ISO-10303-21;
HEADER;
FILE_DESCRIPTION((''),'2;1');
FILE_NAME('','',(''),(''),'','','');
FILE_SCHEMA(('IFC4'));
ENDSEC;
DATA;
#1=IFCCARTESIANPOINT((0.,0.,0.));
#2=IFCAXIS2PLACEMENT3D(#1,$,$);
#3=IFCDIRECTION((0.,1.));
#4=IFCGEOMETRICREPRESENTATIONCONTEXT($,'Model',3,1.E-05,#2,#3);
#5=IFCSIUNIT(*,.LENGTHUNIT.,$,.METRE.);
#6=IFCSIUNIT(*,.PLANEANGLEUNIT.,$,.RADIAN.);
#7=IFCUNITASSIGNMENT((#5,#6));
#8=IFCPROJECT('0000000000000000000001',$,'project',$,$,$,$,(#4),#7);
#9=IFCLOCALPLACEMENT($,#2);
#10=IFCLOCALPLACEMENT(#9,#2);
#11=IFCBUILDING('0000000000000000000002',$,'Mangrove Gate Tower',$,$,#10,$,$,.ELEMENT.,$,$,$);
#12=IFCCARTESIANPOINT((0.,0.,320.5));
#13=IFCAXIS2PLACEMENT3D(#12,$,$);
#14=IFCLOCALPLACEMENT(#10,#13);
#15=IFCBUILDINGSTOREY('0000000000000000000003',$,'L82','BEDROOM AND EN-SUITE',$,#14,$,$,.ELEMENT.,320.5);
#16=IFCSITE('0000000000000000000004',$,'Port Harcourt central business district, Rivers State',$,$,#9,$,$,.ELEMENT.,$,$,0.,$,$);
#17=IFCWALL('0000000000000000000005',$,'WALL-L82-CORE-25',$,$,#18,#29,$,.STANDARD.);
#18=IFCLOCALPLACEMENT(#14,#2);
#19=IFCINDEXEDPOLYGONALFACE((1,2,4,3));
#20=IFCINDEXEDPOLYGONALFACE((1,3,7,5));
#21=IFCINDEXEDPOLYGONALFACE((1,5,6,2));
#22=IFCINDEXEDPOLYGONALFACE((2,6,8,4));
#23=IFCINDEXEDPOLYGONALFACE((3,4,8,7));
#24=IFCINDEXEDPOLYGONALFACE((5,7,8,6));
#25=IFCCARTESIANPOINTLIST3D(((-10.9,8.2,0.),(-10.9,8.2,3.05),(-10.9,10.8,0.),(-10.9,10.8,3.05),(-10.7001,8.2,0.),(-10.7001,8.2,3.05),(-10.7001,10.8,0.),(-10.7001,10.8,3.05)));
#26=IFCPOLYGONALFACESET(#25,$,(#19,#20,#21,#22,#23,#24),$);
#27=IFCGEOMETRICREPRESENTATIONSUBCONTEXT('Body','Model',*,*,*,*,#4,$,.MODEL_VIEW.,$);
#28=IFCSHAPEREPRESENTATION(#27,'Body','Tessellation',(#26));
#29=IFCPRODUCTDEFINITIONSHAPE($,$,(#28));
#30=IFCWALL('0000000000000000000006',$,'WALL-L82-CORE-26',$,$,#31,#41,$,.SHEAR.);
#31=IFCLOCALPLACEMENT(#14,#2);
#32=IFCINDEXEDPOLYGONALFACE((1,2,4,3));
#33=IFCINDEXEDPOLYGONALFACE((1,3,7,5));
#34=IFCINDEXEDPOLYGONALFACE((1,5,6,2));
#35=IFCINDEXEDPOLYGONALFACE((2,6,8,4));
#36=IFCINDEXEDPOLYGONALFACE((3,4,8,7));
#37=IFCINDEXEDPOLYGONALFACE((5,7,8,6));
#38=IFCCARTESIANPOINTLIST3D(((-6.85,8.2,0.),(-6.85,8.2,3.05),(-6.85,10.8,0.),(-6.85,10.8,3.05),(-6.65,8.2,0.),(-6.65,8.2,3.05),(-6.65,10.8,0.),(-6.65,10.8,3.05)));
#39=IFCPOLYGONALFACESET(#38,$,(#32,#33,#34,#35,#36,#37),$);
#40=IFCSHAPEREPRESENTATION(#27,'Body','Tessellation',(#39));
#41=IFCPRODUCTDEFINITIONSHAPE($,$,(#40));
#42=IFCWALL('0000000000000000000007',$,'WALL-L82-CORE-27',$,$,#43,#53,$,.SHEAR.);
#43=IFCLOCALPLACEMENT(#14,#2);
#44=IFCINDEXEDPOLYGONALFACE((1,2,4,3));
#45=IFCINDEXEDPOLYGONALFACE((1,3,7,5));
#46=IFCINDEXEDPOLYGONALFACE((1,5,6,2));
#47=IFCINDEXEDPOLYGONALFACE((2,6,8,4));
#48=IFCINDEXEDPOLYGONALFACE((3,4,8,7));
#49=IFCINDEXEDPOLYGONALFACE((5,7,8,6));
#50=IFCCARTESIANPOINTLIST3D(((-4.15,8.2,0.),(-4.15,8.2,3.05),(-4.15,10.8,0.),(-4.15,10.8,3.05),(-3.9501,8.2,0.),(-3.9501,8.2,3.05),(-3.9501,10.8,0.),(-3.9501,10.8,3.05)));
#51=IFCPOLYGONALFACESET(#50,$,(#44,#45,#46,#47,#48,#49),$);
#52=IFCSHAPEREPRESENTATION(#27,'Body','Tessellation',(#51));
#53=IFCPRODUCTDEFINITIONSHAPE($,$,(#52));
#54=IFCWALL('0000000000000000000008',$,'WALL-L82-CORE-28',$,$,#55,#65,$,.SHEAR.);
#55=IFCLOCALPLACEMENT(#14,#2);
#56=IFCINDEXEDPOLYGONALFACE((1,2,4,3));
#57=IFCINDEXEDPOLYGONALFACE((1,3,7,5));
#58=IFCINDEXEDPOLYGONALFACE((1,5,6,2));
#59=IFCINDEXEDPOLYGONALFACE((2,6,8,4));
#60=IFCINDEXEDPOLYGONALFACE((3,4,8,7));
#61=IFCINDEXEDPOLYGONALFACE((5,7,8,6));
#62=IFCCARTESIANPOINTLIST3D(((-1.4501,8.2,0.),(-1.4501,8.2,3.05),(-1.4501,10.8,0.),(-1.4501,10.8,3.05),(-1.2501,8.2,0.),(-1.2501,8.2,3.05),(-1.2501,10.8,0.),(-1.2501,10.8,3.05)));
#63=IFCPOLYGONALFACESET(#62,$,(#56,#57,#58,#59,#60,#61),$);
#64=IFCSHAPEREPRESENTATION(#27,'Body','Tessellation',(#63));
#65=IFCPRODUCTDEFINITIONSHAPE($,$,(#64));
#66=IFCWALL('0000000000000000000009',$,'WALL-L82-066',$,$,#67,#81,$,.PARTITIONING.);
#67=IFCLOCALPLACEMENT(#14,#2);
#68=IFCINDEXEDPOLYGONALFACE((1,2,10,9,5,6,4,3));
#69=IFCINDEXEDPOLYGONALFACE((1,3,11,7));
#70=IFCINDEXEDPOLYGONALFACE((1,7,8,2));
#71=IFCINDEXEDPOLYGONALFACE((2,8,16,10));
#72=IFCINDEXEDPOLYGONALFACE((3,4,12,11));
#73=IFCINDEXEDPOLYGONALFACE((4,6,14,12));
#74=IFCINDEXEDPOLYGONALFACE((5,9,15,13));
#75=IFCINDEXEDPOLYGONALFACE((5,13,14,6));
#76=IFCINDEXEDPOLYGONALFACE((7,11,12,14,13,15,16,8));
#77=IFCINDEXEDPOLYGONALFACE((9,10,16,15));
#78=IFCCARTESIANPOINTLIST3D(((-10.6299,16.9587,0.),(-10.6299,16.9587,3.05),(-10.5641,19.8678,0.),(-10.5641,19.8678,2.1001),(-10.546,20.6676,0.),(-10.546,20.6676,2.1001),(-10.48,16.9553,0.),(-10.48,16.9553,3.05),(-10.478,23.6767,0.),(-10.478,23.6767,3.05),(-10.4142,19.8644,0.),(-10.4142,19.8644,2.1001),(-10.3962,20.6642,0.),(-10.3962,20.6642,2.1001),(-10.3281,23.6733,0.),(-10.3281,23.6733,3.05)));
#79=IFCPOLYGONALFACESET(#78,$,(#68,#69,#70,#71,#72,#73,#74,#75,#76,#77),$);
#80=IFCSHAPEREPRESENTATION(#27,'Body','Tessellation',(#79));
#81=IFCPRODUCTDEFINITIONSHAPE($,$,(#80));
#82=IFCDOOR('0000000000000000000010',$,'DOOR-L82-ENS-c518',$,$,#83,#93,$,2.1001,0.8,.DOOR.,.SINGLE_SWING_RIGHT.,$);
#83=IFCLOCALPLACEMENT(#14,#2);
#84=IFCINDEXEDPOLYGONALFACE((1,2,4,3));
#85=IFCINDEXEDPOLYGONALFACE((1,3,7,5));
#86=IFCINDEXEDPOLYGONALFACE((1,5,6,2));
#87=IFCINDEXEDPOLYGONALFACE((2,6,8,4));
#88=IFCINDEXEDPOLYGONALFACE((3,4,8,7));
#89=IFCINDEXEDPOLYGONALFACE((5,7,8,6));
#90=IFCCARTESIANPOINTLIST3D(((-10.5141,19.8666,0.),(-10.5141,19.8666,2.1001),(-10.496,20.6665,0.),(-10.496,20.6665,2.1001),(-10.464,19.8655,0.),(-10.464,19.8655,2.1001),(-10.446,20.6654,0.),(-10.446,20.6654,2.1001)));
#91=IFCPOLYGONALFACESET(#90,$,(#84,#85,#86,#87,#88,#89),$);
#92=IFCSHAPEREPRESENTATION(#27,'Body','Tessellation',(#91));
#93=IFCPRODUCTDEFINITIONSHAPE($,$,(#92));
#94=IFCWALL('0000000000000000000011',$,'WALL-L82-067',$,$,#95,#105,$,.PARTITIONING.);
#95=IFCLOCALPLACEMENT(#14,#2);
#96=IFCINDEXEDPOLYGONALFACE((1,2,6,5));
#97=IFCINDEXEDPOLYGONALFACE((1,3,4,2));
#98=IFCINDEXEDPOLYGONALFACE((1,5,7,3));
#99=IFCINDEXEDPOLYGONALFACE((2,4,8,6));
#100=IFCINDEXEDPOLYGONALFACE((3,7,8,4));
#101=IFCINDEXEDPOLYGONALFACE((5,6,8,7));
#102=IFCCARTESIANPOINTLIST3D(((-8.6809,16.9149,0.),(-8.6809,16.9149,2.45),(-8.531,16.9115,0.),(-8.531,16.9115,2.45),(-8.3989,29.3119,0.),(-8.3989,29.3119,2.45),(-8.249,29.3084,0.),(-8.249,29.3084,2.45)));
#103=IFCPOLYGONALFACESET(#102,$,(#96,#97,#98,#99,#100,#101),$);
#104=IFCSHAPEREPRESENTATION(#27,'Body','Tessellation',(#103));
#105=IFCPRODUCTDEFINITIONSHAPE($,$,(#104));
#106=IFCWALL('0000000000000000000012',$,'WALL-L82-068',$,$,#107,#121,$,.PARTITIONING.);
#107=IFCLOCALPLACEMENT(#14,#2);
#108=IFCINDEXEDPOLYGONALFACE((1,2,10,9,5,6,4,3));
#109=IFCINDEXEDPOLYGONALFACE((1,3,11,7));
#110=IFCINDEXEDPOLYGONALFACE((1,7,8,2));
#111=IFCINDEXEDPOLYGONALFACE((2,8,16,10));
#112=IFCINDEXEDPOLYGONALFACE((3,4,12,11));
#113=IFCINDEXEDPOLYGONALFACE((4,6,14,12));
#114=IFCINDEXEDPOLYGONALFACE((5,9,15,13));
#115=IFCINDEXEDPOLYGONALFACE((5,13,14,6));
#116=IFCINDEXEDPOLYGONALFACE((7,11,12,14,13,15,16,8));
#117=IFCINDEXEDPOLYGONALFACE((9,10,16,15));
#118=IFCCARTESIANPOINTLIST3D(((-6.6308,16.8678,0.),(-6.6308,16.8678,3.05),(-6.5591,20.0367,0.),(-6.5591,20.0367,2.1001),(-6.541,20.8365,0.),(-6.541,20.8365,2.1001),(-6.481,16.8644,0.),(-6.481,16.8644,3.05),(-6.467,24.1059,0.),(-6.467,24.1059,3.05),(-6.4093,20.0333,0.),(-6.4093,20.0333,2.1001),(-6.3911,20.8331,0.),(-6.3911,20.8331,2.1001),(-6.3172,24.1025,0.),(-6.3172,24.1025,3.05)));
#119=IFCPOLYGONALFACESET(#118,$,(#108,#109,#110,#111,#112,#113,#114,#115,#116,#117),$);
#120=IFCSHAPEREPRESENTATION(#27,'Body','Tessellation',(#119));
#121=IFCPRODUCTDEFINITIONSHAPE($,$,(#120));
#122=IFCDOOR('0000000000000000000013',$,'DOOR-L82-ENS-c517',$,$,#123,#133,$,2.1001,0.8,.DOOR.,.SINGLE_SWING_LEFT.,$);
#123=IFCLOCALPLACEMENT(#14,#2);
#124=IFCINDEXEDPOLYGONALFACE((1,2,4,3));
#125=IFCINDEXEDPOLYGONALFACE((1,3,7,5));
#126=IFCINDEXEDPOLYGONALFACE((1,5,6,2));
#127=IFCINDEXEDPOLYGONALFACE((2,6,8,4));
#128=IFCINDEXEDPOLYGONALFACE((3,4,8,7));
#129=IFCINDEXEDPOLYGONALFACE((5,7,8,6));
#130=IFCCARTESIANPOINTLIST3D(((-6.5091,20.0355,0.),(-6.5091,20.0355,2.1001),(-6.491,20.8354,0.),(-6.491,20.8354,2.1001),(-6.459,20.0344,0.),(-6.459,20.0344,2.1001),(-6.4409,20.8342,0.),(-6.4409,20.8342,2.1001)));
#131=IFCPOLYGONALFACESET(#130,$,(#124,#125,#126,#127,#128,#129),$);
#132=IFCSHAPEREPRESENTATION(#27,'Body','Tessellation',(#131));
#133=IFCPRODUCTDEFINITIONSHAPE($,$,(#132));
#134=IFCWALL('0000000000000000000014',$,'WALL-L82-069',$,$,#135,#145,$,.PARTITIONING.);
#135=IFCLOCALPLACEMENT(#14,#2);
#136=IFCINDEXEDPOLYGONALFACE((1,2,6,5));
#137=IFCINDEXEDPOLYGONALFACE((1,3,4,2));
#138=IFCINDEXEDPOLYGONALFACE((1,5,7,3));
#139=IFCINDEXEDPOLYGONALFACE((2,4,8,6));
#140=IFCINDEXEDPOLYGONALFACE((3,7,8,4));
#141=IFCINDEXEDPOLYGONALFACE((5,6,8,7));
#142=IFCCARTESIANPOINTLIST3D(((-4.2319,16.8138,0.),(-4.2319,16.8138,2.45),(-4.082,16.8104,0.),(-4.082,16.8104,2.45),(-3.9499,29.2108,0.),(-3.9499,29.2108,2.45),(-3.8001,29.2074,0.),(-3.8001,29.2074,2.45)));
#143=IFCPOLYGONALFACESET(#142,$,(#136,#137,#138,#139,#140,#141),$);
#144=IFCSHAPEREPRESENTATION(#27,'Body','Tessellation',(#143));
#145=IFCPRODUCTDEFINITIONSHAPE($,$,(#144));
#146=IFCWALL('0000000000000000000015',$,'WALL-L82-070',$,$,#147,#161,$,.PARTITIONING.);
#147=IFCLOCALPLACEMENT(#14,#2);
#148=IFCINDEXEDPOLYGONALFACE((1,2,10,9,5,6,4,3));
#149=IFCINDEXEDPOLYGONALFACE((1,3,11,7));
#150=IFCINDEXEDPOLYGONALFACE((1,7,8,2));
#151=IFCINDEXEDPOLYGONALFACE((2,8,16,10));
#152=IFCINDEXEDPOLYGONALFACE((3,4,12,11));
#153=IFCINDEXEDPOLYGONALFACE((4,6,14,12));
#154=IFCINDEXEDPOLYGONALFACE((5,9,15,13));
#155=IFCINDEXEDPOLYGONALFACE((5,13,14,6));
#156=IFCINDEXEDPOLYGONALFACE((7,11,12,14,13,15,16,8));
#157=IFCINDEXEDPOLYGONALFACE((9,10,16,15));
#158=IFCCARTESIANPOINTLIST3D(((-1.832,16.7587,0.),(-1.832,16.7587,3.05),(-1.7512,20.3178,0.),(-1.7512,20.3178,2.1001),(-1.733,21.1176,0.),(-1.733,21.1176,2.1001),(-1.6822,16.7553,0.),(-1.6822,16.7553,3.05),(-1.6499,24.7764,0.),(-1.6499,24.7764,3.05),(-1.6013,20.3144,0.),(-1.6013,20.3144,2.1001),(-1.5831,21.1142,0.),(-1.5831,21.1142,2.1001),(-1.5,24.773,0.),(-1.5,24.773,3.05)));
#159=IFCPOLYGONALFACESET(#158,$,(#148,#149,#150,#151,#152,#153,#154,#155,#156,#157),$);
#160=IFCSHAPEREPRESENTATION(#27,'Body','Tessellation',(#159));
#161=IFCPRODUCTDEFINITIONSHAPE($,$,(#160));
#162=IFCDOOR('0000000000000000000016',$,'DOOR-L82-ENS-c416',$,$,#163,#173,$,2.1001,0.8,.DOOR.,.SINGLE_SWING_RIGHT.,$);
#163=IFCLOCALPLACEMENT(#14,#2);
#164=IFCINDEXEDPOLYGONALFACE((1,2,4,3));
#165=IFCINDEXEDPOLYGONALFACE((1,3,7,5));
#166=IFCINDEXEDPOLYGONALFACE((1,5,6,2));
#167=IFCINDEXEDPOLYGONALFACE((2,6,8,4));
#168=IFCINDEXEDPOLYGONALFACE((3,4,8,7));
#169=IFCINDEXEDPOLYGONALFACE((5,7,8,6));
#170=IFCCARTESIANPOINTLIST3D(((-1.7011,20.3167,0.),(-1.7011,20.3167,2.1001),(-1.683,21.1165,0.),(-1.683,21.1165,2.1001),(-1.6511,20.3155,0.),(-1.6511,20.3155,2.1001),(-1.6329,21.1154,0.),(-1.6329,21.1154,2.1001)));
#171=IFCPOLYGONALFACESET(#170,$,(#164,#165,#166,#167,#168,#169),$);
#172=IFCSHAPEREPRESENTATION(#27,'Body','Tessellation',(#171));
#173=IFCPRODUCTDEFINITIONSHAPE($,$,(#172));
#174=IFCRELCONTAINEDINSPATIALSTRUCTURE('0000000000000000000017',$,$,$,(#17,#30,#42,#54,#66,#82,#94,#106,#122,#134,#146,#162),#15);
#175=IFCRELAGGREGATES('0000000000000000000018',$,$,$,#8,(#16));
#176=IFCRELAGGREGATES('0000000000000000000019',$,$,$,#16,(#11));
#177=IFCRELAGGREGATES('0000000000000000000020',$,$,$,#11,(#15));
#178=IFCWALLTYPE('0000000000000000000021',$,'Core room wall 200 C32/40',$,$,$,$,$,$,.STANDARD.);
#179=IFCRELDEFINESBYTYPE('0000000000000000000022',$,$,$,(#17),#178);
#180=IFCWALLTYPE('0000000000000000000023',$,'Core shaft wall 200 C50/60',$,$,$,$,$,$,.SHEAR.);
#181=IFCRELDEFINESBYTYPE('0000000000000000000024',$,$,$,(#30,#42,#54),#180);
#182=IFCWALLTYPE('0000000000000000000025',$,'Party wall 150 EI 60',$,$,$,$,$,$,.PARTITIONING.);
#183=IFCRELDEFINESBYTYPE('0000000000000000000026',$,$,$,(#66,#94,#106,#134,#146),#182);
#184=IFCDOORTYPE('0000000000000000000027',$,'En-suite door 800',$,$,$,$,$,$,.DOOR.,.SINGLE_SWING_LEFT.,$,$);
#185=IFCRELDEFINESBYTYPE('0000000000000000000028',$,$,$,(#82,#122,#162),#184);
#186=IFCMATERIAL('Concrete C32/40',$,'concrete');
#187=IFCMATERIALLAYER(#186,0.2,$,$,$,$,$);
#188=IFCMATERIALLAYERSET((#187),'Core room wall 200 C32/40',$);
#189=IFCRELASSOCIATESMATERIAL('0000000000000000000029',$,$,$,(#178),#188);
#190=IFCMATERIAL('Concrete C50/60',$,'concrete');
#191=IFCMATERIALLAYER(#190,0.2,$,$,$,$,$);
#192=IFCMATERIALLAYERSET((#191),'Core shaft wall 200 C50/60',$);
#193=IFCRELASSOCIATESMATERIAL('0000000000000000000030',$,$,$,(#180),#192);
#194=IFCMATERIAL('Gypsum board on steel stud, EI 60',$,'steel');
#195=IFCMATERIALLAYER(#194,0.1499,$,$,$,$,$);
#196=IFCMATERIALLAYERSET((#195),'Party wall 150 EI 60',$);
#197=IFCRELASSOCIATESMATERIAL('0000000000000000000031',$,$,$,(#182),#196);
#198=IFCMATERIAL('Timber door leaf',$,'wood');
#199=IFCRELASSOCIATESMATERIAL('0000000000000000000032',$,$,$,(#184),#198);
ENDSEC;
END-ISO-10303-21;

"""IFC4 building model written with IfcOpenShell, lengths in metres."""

from ifc_helpers import new_model, si_unit, direction, frame, frame_2d, origin, place, context, subcontext, project, spatial, rectangle, extrude, material, layer, layer_set, type_object, element, fill, save


model = new_model("IFC4")

# Units and contexts
model_context = context("Model", 3, precision=1e-05, world=origin(), true_north=direction((0.0, 1.0)))
body_context = subcontext(model_context, "Body", "Model", "MODEL_VIEW")
ifc_project = project(units=[si_unit("LENGTHUNIT", "METRE"), si_unit("PLANEANGLEUNIT", "RADIAN")], contexts=[model_context])

# Site, building, storey
site_placement = place(None, origin())
site = spatial("IfcSite", under=ifc_project, at=site_placement, Name="Port Harcourt central business district, Rivers State", CompositionType="ELEMENT", RefElevation=0.0)
building_placement = place(site_placement, origin())
building = spatial("IfcBuilding", under=site, at=building_placement, Name="Mangrove Gate Tower", CompositionType="ELEMENT")
storey_placement = place(building_placement, frame((0.0, 0.0, 320.5)))
storey = spatial("IfcBuildingStorey", under=building, at=storey_placement, Name="L82", Description="BEDROOM AND EN-SUITE", CompositionType="ELEMENT", Elevation=320.5)

# Walls
ifc_material_1 = material(Name="Concrete C32/40", Category="concrete")
ifc_layer_1 = layer(ifc_material_1, 0.2)
ifc_layer_set_1 = layer_set([ifc_layer_1], Name="Core room wall 200 C32/40")
wall_type_1 = type_object("IfcWallType", Name="Core room wall 200 C32/40", PredefinedType="STANDARD", material=ifc_layer_set_1)
wall_1_placement = place(storey_placement, frame((-10.8, 8.2, 0.0), z_axis=(0.0, 0.0, 1.0), x_axis=(0.0, 1.0, 0.0)))
element("IfcWall", 1, at=wall_1_placement, inside=storey, type_object=wall_type_1, Name="WALL-L82-CORE-25", PredefinedType="STANDARD", context=body_context, shape_type="SweptSolid", body=[
    extrude(rectangle(XDim=2.6001, YDim=0.2, at=frame_2d((1.3, 0.0))), origin(), (0.0, 0.0, 1.0), 3.05),
])
ifc_material_2 = material(Name="Concrete C50/60", Category="concrete")
ifc_layer_2 = layer(ifc_material_2, 0.2)
ifc_layer_set_2 = layer_set([ifc_layer_2], Name="Core shaft wall 200 C50/60")
wall_type_2 = type_object("IfcWallType", Name="Core shaft wall 200 C50/60", PredefinedType="SHEAR", material=ifc_layer_set_2)
for number, where, z_axis, x_axis, name in (
    (2, (-6.75, 8.2, 0.0), (0.0, 0.0, 1.0), (0.0, 1.0, 0.0), "WALL-L82-CORE-26"),
    (3, (-4.05, 8.2, 0.0), (0.0, 0.0, 1.0), (0.0, 1.0, 0.0), "WALL-L82-CORE-27"),
    (4, (-1.3501, 8.2, 0.0), (0.0, 0.0, 1.0), (0.0, 1.0, 0.0), "WALL-L82-CORE-28"),
):
    element("IfcWall", number, at=place(storey_placement, frame(where, z_axis=z_axis, x_axis=x_axis)), inside=storey, type_object=wall_type_2, Name=name, PredefinedType="SHEAR", context=body_context, shape_type="SweptSolid", body=[
        extrude(rectangle(XDim=2.6001, YDim=0.2, at=frame_2d((1.3, 0.0))), origin(), (0.0, 0.0, 1.0), 3.05),
    ])

# Wall, opening, door
ifc_material_3 = material(Name="Gypsum board on steel stud, EI 60", Category="steel")
ifc_layer_3 = layer(ifc_material_3, 0.1499)
ifc_layer_set_3 = layer_set([ifc_layer_3], Name="Party wall 150 EI 60")
wall_type_3 = type_object("IfcWallType", Name="Party wall 150 EI 60", PredefinedType="PARTITIONING", material=ifc_layer_set_3)
wall_2_placement = place(storey_placement, frame((-10.5549, 16.957, 0.0), z_axis=(0.0, 0.0, 1.0), x_axis=(0.022598, 0.999745, 0.0)))
wall_2 = element("IfcWall", 5, at=wall_2_placement, inside=storey, type_object=wall_type_3, Name="WALL-L82-066", PredefinedType="PARTITIONING", context=body_context, shape_type="SweptSolid", body=[
    extrude(rectangle(XDim=6.7197, YDim=0.1499, at=frame_2d((3.3599, 0.0))), origin(), (0.0, 0.0, 1.0), 3.05),
])
opening_1_placement = place(wall_2_placement, frame((2.9099, 0.0, 0.0)))
opening_1 = element("IfcOpeningElement", 6, at=opening_1_placement, cuts=wall_2, PredefinedType="OPENING", context=body_context, shape_type="SweptSolid", body=[
    extrude(rectangle(XDim=0.8, YDim=2.1001, at=frame_2d((0.3999, 1.05))), frame((0.0, 0.085, 0.0), z_axis=(0.0, -1.0, 0.0), x_axis=(1.0, 0.0, 0.0)), (0.0, 0.0, 1.0), 0.1699),
])
ifc_material_4 = material(Name="Timber door leaf", Category="wood")
door_type = type_object("IfcDoorType", Name="En-suite door 800", OperationType="SINGLE_SWING_LEFT", PredefinedType="DOOR", material=ifc_material_4)
door_1_placement = place(opening_1_placement, origin())
door_1 = element("IfcDoor", 7, at=door_1_placement, inside=storey, type_object=door_type, Name="DOOR-L82-ENS-c518", OperationType="SINGLE_SWING_RIGHT", OverallHeight=2.1001, OverallWidth=0.8, PredefinedType="DOOR", context=body_context, shape_type="SweptSolid", body=[
    extrude(rectangle(XDim=0.8, YDim=2.1001, at=frame_2d((0.3999, 1.05))), frame((0.0, 0.0249, 0.0), z_axis=(0.0, -1.0, 0.0), x_axis=(1.0, 0.0, 0.0)), (0.0, 0.0, 1.0), 0.05),
])
fill(opening_1, door_1)

# Wall
wall_3_placement = place(storey_placement, frame((-8.606, 16.9131, 0.0), z_axis=(0.0, 0.0, 1.0), x_axis=(0.02274, 0.999741, 0.0)))
element("IfcWall", 8, at=wall_3_placement, inside=storey, type_object=wall_type_3, Name="WALL-L82-067", PredefinedType="PARTITIONING", context=body_context, shape_type="SweptSolid", body=[
    extrude(rectangle(XDim=12.4001, YDim=0.1499, at=frame_2d((6.2002, 0.0))), origin(), (0.0, 0.0, 1.0), 2.45),
])

# Wall, opening, door
wall_4_placement = place(storey_placement, frame((-6.5559, 16.866, 0.0), z_axis=(0.0, 0.0, 1.0), x_axis=(0.022627, 0.999744, 0.0)))
wall_4 = element("IfcWall", 9, at=wall_4_placement, inside=storey, type_object=wall_type_3, Name="WALL-L82-068", PredefinedType="PARTITIONING", context=body_context, shape_type="SweptSolid", body=[
    extrude(rectangle(XDim=7.24, YDim=0.1499, at=frame_2d((3.6201, 0.0))), origin(), (0.0, 0.0, 1.0), 3.05),
])
opening_2_placement = place(wall_4_placement, frame((3.1699, 0.0, 0.0)))
opening_2 = element("IfcOpeningElement", 10, at=opening_2_placement, cuts=wall_4, PredefinedType="OPENING", context=body_context, shape_type="SweptSolid", body=[
    extrude(rectangle(XDim=0.8, YDim=2.1001, at=frame_2d((0.3999, 1.05))), frame((0.0, 0.085, 0.0), z_axis=(0.0, -1.0, 0.0), x_axis=(1.0, 0.0, 0.0)), (0.0, 0.0, 1.0), 0.1699),
])
door_2_placement = place(opening_2_placement, origin())
door_2 = element("IfcDoor", 11, at=door_2_placement, inside=storey, type_object=door_type, Name="DOOR-L82-ENS-c517", OperationType="SINGLE_SWING_LEFT", OverallHeight=2.1001, OverallWidth=0.8, PredefinedType="DOOR", context=body_context, shape_type="SweptSolid", body=[
    extrude(rectangle(XDim=0.8, YDim=2.1001, at=frame_2d((0.3999, 1.05))), frame((0.0, 0.0249, 0.0), z_axis=(0.0, -1.0, 0.0), x_axis=(1.0, 0.0, 0.0)), (0.0, 0.0, 1.0), 0.05),
])
fill(opening_2, door_2)

# Wall
wall_5_placement = place(storey_placement, frame((-4.157, 16.812, 0.0), z_axis=(0.0, 0.0, 1.0), x_axis=(0.02274, 0.999741, 0.0)))
element("IfcWall", 12, at=wall_5_placement, inside=storey, type_object=wall_type_3, Name="WALL-L82-069", PredefinedType="PARTITIONING", context=body_context, shape_type="SweptSolid", body=[
    extrude(rectangle(XDim=12.4001, YDim=0.1499, at=frame_2d((6.2002, 0.0))), origin(), (0.0, 0.0, 1.0), 2.45),
])

# Wall, opening, door
wall_6_placement = place(storey_placement, frame((-1.7571, 16.7571, 0.0), z_axis=(0.0, 0.0, 1.0), x_axis=(0.02271, 0.999742, 0.0)))
wall_6 = element("IfcWall", 13, at=wall_6_placement, inside=storey, type_object=wall_type_3, Name="WALL-L82-070", PredefinedType="PARTITIONING", context=body_context, shape_type="SweptSolid", body=[
    extrude(rectangle(XDim=8.0198, YDim=0.1499, at=frame_2d((4.0098, 0.0))), origin(), (0.0, 0.0, 1.0), 3.05),
])
opening_3_placement = place(wall_6_placement, frame((3.5601, 0.0, 0.0)))
opening_3 = element("IfcOpeningElement", 14, at=opening_3_placement, cuts=wall_6, PredefinedType="OPENING", context=body_context, shape_type="SweptSolid", body=[
    extrude(rectangle(XDim=0.8, YDim=2.1001, at=frame_2d((0.3999, 1.05))), frame((0.0, 0.085, 0.0), z_axis=(0.0, -1.0, 0.0), x_axis=(1.0, 0.0, 0.0)), (0.0, 0.0, 1.0), 0.1699),
])
door_3_placement = place(opening_3_placement, origin())
door_3 = element("IfcDoor", 15, at=door_3_placement, inside=storey, type_object=door_type, Name="DOOR-L82-ENS-c416", OperationType="SINGLE_SWING_RIGHT", OverallHeight=2.1001, OverallWidth=0.8, PredefinedType="DOOR", context=body_context, shape_type="SweptSolid", body=[
    extrude(rectangle(XDim=0.8, YDim=2.1001, at=frame_2d((0.3999, 1.05))), frame((0.0, 0.0249, 0.0), z_axis=(0.0, -1.0, 0.0), x_axis=(1.0, 0.0, 0.0)), (0.0, 0.0, 1.0), 0.05),
])
fill(opening_3, door_3)

save(model, "model.ifc")
